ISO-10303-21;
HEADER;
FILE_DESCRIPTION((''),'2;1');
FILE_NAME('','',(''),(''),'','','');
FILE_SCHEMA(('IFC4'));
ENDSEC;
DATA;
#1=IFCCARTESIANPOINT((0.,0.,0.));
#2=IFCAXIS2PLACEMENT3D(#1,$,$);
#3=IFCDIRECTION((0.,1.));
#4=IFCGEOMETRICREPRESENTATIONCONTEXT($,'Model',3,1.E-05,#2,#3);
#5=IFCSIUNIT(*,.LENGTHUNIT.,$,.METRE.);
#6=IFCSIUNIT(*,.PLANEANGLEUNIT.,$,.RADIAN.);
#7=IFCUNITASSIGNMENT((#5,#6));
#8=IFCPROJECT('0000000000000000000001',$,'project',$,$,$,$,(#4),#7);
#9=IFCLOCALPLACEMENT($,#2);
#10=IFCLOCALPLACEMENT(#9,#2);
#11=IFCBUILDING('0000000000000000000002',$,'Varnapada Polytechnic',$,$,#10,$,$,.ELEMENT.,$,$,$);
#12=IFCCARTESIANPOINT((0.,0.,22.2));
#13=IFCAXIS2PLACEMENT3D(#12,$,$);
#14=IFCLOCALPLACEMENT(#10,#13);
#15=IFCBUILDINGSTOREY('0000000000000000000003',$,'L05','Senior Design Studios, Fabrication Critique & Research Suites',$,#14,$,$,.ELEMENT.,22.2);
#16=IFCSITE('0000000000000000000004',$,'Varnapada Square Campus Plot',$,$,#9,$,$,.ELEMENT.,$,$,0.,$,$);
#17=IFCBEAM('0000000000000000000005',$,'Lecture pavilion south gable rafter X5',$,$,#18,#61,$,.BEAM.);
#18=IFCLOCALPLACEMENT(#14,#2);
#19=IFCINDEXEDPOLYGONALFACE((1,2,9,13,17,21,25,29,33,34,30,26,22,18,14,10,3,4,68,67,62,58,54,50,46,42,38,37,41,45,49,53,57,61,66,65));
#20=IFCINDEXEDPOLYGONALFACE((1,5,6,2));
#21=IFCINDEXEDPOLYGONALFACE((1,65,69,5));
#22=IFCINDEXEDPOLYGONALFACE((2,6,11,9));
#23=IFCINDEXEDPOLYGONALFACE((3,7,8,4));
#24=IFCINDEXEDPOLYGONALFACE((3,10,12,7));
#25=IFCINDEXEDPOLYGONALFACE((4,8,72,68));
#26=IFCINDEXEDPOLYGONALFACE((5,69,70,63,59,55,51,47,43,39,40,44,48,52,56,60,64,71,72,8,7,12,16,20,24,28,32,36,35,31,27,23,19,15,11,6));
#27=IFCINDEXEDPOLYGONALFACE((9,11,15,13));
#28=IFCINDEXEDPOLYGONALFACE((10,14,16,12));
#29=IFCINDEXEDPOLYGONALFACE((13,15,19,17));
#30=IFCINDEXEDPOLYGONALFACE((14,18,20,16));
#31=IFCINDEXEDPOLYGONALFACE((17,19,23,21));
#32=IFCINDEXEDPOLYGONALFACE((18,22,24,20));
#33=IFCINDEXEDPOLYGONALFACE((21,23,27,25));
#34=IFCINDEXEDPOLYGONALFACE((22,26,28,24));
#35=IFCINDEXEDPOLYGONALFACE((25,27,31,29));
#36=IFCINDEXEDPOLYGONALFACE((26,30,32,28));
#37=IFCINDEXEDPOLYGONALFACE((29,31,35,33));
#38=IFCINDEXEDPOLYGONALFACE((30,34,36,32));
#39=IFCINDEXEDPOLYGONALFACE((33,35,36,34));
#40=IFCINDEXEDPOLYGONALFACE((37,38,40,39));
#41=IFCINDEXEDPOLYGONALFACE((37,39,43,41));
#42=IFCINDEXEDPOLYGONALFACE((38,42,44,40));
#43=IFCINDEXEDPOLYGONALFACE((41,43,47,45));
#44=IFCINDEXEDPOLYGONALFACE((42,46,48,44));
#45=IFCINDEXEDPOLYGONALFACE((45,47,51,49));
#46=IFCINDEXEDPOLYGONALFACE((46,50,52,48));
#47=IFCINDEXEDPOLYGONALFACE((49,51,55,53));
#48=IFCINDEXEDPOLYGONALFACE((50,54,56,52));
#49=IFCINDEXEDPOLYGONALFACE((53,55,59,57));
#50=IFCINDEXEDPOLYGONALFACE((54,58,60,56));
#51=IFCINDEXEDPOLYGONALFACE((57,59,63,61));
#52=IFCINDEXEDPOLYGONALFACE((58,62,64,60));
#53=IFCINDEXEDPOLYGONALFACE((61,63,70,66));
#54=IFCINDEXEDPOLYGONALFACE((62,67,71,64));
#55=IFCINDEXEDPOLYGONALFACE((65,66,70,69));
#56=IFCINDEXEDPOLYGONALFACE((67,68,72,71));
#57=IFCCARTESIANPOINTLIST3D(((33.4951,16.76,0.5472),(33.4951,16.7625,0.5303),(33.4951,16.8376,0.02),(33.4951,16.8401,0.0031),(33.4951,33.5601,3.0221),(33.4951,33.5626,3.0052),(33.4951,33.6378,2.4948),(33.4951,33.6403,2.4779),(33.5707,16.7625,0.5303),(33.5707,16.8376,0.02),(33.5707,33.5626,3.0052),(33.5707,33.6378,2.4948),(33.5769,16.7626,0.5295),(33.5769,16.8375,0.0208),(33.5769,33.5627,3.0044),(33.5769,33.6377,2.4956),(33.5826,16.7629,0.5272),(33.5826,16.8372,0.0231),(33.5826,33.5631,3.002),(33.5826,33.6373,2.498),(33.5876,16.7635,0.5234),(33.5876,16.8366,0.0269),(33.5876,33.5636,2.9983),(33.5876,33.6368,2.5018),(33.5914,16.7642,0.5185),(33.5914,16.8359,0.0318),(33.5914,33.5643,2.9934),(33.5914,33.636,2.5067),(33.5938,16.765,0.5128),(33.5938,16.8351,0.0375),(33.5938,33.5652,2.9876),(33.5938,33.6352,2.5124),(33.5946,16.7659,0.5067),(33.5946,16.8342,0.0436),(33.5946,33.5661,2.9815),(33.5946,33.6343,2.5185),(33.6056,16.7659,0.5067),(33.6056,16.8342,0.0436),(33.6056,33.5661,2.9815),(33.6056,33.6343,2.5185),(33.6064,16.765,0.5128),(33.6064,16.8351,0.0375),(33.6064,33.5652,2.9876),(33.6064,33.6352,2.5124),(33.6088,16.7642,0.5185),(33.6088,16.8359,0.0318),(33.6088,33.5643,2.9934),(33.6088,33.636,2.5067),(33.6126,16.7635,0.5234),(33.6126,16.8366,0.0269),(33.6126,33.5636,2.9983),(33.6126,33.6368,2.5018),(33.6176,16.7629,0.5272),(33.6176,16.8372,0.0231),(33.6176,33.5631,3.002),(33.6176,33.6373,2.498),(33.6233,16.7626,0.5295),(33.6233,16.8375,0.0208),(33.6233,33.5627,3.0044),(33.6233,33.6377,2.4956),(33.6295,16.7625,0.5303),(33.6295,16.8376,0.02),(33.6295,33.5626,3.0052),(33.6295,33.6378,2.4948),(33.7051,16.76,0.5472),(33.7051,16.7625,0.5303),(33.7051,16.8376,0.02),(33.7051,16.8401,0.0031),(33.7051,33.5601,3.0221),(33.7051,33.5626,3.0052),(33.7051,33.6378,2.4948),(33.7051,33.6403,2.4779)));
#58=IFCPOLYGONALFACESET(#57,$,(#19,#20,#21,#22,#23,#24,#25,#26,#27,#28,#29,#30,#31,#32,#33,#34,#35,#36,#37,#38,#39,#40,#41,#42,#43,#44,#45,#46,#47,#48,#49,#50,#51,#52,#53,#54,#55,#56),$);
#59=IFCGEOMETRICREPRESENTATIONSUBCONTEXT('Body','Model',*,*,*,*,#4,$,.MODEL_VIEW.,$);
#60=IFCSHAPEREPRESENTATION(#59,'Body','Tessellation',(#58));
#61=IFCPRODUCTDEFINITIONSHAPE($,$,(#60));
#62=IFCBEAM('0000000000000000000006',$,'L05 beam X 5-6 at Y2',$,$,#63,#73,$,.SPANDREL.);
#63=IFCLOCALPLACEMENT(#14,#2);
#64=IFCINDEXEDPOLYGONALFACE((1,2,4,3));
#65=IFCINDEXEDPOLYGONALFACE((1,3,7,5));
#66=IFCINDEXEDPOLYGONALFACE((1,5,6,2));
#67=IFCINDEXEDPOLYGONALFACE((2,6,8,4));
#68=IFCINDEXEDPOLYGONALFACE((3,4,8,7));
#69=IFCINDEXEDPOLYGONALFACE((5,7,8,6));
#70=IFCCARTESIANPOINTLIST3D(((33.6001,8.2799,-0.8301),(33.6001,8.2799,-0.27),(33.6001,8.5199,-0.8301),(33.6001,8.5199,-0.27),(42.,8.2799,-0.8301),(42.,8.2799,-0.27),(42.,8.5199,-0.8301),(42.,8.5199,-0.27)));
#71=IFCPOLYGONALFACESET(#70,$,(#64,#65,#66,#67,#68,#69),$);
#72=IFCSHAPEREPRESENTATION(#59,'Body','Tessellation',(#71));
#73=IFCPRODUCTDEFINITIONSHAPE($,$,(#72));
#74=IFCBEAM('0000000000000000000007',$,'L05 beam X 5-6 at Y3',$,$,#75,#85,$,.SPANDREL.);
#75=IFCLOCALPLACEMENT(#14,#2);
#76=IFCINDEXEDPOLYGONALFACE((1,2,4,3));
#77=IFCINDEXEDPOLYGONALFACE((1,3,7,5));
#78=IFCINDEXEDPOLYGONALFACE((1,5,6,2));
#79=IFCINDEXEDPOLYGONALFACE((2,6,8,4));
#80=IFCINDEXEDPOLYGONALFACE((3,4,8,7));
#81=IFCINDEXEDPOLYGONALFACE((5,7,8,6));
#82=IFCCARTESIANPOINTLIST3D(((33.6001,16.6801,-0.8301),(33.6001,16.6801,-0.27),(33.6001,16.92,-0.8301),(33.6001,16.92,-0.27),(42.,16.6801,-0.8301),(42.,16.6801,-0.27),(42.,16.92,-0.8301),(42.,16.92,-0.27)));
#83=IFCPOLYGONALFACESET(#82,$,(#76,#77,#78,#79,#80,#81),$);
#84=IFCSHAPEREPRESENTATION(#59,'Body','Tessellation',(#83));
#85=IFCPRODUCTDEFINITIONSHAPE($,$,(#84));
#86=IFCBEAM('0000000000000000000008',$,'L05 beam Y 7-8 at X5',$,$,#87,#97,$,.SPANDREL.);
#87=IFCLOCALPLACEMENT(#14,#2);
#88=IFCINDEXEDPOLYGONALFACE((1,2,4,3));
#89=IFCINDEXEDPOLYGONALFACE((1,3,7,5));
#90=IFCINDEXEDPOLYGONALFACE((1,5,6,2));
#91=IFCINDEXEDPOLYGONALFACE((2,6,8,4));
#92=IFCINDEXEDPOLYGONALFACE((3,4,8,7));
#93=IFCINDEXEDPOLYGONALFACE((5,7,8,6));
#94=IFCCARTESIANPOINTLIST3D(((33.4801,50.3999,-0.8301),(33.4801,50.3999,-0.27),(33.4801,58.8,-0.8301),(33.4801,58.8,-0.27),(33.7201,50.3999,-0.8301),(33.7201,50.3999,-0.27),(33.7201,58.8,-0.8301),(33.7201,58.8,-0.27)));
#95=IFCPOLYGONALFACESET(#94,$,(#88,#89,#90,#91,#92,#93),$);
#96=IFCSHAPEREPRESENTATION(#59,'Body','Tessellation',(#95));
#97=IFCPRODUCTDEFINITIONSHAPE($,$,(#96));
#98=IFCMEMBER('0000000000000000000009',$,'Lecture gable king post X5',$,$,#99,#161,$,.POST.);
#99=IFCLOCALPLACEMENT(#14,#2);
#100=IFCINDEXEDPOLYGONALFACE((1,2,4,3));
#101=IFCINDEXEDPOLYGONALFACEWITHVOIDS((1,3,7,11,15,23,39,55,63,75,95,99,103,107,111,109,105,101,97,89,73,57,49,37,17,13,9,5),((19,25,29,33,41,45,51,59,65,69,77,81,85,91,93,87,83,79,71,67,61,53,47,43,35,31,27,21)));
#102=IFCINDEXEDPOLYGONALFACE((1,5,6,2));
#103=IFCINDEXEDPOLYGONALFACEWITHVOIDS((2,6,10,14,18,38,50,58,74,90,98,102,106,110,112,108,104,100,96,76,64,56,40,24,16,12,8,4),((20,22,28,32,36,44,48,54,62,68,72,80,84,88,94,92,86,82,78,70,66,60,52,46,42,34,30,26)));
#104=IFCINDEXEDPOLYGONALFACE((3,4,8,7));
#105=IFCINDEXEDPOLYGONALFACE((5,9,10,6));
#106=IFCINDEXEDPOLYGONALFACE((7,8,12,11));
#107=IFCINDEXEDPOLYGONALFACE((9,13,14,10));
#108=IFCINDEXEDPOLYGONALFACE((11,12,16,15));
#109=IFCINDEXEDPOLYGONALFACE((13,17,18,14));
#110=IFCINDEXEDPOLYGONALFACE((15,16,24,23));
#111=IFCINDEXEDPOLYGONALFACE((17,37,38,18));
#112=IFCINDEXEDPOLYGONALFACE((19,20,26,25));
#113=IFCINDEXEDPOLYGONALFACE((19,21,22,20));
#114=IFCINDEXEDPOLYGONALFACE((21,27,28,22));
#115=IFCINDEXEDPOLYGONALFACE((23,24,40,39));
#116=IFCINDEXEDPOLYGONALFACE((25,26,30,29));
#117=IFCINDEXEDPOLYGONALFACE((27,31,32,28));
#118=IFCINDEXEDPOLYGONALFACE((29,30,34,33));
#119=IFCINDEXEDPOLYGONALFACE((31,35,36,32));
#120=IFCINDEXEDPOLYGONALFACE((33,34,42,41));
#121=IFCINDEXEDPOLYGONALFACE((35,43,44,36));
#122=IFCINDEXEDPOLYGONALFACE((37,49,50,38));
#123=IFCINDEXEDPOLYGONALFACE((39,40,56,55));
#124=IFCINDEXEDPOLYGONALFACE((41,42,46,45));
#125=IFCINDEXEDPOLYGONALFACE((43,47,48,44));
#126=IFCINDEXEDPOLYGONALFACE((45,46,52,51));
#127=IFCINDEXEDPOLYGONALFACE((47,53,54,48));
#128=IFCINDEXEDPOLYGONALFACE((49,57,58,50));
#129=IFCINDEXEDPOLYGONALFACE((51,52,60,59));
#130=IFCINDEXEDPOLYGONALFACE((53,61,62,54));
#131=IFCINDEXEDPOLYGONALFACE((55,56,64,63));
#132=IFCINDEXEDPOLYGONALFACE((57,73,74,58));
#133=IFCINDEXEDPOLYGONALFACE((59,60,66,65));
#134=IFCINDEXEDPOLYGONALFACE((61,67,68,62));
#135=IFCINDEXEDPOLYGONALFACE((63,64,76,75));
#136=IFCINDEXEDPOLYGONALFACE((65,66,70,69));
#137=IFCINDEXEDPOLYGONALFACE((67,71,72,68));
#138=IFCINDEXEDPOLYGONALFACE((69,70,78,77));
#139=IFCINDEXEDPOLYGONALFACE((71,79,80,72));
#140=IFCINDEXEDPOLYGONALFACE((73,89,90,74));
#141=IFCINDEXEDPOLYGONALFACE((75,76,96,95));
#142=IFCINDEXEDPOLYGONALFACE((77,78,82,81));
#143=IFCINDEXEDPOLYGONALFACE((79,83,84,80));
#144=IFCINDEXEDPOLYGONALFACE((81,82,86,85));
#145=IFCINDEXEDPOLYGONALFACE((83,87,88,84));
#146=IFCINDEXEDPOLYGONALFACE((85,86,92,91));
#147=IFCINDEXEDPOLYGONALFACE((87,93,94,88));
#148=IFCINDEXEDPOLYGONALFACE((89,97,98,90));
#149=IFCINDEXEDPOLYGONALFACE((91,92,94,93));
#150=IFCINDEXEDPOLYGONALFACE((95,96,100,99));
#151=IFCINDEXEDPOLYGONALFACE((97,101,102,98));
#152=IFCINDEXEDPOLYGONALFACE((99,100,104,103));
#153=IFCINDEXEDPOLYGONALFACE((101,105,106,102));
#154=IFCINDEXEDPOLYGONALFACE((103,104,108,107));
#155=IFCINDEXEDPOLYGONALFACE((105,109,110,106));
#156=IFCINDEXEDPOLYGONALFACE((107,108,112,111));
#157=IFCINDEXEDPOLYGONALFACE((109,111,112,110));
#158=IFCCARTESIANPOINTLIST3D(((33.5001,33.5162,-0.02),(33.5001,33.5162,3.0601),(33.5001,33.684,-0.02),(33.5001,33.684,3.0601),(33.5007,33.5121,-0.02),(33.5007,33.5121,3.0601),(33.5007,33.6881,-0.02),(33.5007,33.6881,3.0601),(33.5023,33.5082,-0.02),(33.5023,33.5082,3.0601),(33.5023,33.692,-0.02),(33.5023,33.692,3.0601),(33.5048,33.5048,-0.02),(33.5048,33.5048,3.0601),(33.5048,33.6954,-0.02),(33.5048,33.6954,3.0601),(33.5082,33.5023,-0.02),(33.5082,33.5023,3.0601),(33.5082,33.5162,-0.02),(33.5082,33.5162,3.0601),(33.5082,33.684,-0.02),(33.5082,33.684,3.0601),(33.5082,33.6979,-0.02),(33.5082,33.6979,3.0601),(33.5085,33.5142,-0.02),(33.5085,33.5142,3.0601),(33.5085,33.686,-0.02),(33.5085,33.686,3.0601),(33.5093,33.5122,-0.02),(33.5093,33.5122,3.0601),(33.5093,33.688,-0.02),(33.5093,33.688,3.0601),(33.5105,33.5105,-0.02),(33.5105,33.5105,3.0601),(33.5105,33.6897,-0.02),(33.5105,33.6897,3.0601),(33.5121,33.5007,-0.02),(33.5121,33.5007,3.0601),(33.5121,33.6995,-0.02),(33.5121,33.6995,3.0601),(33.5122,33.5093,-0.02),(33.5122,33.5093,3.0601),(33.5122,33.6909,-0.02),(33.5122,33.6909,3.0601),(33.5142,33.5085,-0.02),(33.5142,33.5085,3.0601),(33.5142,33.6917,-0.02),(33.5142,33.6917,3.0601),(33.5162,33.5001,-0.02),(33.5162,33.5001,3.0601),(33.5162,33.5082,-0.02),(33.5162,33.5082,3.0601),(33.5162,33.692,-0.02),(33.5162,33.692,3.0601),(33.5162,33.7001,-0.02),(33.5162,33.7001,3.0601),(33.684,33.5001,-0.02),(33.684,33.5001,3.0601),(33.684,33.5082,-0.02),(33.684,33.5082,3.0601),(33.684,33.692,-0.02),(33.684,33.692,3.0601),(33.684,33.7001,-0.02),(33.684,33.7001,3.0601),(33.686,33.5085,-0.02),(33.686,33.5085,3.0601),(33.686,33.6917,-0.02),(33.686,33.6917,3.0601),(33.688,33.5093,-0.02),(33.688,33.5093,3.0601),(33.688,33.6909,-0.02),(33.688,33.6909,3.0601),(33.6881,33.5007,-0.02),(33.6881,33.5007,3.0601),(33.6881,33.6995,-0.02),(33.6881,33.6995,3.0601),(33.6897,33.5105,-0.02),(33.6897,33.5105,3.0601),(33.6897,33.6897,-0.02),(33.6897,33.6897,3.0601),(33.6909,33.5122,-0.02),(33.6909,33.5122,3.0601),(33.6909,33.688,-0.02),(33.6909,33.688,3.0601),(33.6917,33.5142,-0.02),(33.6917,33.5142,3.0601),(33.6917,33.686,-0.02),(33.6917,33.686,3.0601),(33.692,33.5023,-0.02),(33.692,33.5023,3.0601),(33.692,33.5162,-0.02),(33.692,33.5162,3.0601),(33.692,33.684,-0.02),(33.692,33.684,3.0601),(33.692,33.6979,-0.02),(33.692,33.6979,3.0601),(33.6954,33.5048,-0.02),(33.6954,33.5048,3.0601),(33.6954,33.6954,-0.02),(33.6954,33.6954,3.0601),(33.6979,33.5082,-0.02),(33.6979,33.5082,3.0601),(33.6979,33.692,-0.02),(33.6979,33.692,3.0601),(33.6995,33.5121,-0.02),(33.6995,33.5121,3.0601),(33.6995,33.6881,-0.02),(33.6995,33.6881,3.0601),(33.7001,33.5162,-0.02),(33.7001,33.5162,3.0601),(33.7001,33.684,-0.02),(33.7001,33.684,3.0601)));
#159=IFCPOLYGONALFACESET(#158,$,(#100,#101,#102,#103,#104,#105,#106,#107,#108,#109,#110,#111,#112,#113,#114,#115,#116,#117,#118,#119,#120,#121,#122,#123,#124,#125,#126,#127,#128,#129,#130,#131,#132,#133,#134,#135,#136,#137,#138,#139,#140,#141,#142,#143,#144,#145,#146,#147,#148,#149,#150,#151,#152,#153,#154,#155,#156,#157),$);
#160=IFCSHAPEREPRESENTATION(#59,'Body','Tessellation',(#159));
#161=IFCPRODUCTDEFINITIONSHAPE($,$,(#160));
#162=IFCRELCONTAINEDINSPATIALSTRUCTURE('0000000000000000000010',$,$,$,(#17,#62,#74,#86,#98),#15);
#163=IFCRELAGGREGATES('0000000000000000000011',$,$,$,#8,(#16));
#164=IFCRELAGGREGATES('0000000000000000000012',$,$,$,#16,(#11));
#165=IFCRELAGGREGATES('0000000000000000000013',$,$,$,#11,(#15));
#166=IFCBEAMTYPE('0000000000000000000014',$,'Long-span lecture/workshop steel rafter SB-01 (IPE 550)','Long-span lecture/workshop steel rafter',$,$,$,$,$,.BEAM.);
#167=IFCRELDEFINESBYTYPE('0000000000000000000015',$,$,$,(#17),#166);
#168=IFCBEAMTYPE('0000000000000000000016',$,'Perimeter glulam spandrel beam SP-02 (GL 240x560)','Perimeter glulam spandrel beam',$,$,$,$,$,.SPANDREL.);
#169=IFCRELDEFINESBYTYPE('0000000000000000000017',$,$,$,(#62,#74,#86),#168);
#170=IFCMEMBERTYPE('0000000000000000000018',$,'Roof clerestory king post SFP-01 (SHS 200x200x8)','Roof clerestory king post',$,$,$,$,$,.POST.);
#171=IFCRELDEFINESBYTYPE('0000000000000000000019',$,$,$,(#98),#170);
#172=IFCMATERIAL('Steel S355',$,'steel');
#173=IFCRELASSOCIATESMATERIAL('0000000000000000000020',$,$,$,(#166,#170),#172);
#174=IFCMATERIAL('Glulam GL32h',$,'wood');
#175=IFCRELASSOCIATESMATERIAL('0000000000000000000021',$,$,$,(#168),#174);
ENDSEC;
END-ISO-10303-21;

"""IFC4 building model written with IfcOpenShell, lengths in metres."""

from ifc_helpers import new_model, si_unit, direction, frame, origin, origin_2d, place, context, subcontext, project, spatial, rectangle, hollow_rectangle, i_section, extrude, material, material_profile, profile_set, type_object, element, save


model = new_model("IFC4")

# Units and contexts
model_context = context("Model", 3, precision=1e-05, world=origin(), true_north=direction((0.0, 1.0)))
body_context = subcontext(model_context, "Body", "Model", "MODEL_VIEW")
ifc_project = project(units=[si_unit("LENGTHUNIT", "METRE"), si_unit("PLANEANGLEUNIT", "RADIAN")], contexts=[model_context])

# Site, building, storey
site_placement = place(None, origin())
site = spatial("IfcSite", under=ifc_project, at=site_placement, Name="Varnapada Square Campus Plot", CompositionType="ELEMENT", RefElevation=0.0)
building_placement = place(site_placement, origin())
building = spatial("IfcBuilding", under=site, at=building_placement, Name="Varnapada Polytechnic", CompositionType="ELEMENT")
storey_placement = place(building_placement, frame((0.0, 0.0, 22.2)))
storey = spatial("IfcBuildingStorey", under=building, at=storey_placement, Name="L05", Description="Senior Design Studios, Fabrication Critique & Research Suites", CompositionType="ELEMENT", Elevation=22.2)

# Shared definitions
ifc_material_1 = material(Name="Steel S355", Category="steel")

# Beams
ifc_material_profile_1 = material_profile(ifc_material_1, i_section(OverallWidth=0.21, OverallDepth=0.55, WebThickness=0.011, FlangeThickness=0.0171, FilletRadius=0.0239, at=origin_2d()), Name="IPE 550")
ifc_profile_set_1 = profile_set([ifc_material_profile_1], Name="Steel S355")
beam_type_1 = type_object("IfcBeamType", Name="Long-span lecture/workshop steel rafter SB-01 (IPE 550)", Description="Long-span lecture/workshop steel rafter", PredefinedType="BEAM", material=ifc_profile_set_1)
beam_1_placement = place(storey_placement, frame((33.6001, 16.8, 0.2751), z_axis=(0.0, 0.989323, 0.145739), x_axis=(-1.0, 0.0, 0.0)))
element("IfcBeam", 1, at=beam_1_placement, inside=storey, type_object=beam_type_1, Name="Lecture pavilion south gable rafter X5", PredefinedType="BEAM", context=body_context, shape_type="SweptSolid", body=[
    extrude(i_section(OverallWidth=0.21, OverallDepth=0.55, WebThickness=0.011, FlangeThickness=0.0171, FilletRadius=0.0239, at=origin_2d()), origin(), (0.0, 0.0, 1.0), 16.9814),
])
ifc_material_2 = material(Name="Glulam GL32h", Category="wood")
ifc_material_profile_2 = material_profile(ifc_material_2, rectangle(XDim=0.24, YDim=0.5601, at=origin_2d()), Name="GL 240x560")
ifc_profile_set_2 = profile_set([ifc_material_profile_2], Name="Glulam GL32h")
beam_type_2 = type_object("IfcBeamType", Name="Perimeter glulam spandrel beam SP-02 (GL 240x560)", Description="Perimeter glulam spandrel beam", PredefinedType="SPANDREL", material=ifc_profile_set_2)
for number, where, z_axis, x_axis, name in (
    (2, (33.6001, 8.3999, -0.55), (1.0, 0.0, 0.0), (0.0, 1.0, 0.0), "L05 beam X 5-6 at Y2"),
    (3, (33.6001, 16.8, -0.55), (1.0, 0.0, 0.0), (0.0, 1.0, 0.0), "L05 beam X 5-6 at Y3"),
):
    element("IfcBeam", number, at=place(storey_placement, frame(where, z_axis=z_axis, x_axis=x_axis)), inside=storey, type_object=beam_type_2, Name=name, PredefinedType="SPANDREL", context=body_context, shape_type="SweptSolid", body=[
        extrude(rectangle(XDim=0.24, YDim=0.5601, at=origin_2d()), origin(), (0.0, 0.0, 1.0), 8.3999),
    ])
beam_2_placement = place(storey_placement, frame((33.6001, 50.3999, -0.55), z_axis=(0.0, 1.0, 0.0), x_axis=(-1.0, 0.0, 0.0)))
element("IfcBeam", 4, at=beam_2_placement, inside=storey, type_object=beam_type_2, Name="L05 beam Y 7-8 at X5", PredefinedType="SPANDREL", context=body_context, shape_type="SweptSolid", body=[
    extrude(rectangle(XDim=0.24, YDim=0.5601, at=origin_2d()), origin(), (0.0, 0.0, 1.0), 8.4001),
])

# Member
ifc_material_profile_3 = material_profile(ifc_material_1, hollow_rectangle(XDim=0.2, YDim=0.2, WallThickness=0.0081, InnerFilletRadius=0.0081, OuterFilletRadius=0.0161, at=origin_2d()), Name="SHS 200x200x8")
ifc_profile_set_3 = profile_set([ifc_material_profile_3], Name="Steel S355")
member_type_1 = type_object("IfcMemberType", Name="Roof clerestory king post SFP-01 (SHS 200x200x8)", Description="Roof clerestory king post", PredefinedType="POST", material=ifc_profile_set_3)
member_1_placement = place(storey_placement, frame((33.6001, 33.6001, -0.02), z_axis=(0.0, 0.0, 1.0), x_axis=(1.0, 0.0, 0.0)))
element("IfcMember", 5, at=member_1_placement, inside=storey, type_object=member_type_1, Name="Lecture gable king post X5", PredefinedType="POST", context=body_context, shape_type="SweptSolid", body=[
    extrude(hollow_rectangle(XDim=0.2, YDim=0.2, WallThickness=0.0081, InnerFilletRadius=0.0081, OuterFilletRadius=0.0161, at=origin_2d()), origin(), (0.0, 0.0, 1.0), 3.0801),
])

save(model, "model.ifc")
